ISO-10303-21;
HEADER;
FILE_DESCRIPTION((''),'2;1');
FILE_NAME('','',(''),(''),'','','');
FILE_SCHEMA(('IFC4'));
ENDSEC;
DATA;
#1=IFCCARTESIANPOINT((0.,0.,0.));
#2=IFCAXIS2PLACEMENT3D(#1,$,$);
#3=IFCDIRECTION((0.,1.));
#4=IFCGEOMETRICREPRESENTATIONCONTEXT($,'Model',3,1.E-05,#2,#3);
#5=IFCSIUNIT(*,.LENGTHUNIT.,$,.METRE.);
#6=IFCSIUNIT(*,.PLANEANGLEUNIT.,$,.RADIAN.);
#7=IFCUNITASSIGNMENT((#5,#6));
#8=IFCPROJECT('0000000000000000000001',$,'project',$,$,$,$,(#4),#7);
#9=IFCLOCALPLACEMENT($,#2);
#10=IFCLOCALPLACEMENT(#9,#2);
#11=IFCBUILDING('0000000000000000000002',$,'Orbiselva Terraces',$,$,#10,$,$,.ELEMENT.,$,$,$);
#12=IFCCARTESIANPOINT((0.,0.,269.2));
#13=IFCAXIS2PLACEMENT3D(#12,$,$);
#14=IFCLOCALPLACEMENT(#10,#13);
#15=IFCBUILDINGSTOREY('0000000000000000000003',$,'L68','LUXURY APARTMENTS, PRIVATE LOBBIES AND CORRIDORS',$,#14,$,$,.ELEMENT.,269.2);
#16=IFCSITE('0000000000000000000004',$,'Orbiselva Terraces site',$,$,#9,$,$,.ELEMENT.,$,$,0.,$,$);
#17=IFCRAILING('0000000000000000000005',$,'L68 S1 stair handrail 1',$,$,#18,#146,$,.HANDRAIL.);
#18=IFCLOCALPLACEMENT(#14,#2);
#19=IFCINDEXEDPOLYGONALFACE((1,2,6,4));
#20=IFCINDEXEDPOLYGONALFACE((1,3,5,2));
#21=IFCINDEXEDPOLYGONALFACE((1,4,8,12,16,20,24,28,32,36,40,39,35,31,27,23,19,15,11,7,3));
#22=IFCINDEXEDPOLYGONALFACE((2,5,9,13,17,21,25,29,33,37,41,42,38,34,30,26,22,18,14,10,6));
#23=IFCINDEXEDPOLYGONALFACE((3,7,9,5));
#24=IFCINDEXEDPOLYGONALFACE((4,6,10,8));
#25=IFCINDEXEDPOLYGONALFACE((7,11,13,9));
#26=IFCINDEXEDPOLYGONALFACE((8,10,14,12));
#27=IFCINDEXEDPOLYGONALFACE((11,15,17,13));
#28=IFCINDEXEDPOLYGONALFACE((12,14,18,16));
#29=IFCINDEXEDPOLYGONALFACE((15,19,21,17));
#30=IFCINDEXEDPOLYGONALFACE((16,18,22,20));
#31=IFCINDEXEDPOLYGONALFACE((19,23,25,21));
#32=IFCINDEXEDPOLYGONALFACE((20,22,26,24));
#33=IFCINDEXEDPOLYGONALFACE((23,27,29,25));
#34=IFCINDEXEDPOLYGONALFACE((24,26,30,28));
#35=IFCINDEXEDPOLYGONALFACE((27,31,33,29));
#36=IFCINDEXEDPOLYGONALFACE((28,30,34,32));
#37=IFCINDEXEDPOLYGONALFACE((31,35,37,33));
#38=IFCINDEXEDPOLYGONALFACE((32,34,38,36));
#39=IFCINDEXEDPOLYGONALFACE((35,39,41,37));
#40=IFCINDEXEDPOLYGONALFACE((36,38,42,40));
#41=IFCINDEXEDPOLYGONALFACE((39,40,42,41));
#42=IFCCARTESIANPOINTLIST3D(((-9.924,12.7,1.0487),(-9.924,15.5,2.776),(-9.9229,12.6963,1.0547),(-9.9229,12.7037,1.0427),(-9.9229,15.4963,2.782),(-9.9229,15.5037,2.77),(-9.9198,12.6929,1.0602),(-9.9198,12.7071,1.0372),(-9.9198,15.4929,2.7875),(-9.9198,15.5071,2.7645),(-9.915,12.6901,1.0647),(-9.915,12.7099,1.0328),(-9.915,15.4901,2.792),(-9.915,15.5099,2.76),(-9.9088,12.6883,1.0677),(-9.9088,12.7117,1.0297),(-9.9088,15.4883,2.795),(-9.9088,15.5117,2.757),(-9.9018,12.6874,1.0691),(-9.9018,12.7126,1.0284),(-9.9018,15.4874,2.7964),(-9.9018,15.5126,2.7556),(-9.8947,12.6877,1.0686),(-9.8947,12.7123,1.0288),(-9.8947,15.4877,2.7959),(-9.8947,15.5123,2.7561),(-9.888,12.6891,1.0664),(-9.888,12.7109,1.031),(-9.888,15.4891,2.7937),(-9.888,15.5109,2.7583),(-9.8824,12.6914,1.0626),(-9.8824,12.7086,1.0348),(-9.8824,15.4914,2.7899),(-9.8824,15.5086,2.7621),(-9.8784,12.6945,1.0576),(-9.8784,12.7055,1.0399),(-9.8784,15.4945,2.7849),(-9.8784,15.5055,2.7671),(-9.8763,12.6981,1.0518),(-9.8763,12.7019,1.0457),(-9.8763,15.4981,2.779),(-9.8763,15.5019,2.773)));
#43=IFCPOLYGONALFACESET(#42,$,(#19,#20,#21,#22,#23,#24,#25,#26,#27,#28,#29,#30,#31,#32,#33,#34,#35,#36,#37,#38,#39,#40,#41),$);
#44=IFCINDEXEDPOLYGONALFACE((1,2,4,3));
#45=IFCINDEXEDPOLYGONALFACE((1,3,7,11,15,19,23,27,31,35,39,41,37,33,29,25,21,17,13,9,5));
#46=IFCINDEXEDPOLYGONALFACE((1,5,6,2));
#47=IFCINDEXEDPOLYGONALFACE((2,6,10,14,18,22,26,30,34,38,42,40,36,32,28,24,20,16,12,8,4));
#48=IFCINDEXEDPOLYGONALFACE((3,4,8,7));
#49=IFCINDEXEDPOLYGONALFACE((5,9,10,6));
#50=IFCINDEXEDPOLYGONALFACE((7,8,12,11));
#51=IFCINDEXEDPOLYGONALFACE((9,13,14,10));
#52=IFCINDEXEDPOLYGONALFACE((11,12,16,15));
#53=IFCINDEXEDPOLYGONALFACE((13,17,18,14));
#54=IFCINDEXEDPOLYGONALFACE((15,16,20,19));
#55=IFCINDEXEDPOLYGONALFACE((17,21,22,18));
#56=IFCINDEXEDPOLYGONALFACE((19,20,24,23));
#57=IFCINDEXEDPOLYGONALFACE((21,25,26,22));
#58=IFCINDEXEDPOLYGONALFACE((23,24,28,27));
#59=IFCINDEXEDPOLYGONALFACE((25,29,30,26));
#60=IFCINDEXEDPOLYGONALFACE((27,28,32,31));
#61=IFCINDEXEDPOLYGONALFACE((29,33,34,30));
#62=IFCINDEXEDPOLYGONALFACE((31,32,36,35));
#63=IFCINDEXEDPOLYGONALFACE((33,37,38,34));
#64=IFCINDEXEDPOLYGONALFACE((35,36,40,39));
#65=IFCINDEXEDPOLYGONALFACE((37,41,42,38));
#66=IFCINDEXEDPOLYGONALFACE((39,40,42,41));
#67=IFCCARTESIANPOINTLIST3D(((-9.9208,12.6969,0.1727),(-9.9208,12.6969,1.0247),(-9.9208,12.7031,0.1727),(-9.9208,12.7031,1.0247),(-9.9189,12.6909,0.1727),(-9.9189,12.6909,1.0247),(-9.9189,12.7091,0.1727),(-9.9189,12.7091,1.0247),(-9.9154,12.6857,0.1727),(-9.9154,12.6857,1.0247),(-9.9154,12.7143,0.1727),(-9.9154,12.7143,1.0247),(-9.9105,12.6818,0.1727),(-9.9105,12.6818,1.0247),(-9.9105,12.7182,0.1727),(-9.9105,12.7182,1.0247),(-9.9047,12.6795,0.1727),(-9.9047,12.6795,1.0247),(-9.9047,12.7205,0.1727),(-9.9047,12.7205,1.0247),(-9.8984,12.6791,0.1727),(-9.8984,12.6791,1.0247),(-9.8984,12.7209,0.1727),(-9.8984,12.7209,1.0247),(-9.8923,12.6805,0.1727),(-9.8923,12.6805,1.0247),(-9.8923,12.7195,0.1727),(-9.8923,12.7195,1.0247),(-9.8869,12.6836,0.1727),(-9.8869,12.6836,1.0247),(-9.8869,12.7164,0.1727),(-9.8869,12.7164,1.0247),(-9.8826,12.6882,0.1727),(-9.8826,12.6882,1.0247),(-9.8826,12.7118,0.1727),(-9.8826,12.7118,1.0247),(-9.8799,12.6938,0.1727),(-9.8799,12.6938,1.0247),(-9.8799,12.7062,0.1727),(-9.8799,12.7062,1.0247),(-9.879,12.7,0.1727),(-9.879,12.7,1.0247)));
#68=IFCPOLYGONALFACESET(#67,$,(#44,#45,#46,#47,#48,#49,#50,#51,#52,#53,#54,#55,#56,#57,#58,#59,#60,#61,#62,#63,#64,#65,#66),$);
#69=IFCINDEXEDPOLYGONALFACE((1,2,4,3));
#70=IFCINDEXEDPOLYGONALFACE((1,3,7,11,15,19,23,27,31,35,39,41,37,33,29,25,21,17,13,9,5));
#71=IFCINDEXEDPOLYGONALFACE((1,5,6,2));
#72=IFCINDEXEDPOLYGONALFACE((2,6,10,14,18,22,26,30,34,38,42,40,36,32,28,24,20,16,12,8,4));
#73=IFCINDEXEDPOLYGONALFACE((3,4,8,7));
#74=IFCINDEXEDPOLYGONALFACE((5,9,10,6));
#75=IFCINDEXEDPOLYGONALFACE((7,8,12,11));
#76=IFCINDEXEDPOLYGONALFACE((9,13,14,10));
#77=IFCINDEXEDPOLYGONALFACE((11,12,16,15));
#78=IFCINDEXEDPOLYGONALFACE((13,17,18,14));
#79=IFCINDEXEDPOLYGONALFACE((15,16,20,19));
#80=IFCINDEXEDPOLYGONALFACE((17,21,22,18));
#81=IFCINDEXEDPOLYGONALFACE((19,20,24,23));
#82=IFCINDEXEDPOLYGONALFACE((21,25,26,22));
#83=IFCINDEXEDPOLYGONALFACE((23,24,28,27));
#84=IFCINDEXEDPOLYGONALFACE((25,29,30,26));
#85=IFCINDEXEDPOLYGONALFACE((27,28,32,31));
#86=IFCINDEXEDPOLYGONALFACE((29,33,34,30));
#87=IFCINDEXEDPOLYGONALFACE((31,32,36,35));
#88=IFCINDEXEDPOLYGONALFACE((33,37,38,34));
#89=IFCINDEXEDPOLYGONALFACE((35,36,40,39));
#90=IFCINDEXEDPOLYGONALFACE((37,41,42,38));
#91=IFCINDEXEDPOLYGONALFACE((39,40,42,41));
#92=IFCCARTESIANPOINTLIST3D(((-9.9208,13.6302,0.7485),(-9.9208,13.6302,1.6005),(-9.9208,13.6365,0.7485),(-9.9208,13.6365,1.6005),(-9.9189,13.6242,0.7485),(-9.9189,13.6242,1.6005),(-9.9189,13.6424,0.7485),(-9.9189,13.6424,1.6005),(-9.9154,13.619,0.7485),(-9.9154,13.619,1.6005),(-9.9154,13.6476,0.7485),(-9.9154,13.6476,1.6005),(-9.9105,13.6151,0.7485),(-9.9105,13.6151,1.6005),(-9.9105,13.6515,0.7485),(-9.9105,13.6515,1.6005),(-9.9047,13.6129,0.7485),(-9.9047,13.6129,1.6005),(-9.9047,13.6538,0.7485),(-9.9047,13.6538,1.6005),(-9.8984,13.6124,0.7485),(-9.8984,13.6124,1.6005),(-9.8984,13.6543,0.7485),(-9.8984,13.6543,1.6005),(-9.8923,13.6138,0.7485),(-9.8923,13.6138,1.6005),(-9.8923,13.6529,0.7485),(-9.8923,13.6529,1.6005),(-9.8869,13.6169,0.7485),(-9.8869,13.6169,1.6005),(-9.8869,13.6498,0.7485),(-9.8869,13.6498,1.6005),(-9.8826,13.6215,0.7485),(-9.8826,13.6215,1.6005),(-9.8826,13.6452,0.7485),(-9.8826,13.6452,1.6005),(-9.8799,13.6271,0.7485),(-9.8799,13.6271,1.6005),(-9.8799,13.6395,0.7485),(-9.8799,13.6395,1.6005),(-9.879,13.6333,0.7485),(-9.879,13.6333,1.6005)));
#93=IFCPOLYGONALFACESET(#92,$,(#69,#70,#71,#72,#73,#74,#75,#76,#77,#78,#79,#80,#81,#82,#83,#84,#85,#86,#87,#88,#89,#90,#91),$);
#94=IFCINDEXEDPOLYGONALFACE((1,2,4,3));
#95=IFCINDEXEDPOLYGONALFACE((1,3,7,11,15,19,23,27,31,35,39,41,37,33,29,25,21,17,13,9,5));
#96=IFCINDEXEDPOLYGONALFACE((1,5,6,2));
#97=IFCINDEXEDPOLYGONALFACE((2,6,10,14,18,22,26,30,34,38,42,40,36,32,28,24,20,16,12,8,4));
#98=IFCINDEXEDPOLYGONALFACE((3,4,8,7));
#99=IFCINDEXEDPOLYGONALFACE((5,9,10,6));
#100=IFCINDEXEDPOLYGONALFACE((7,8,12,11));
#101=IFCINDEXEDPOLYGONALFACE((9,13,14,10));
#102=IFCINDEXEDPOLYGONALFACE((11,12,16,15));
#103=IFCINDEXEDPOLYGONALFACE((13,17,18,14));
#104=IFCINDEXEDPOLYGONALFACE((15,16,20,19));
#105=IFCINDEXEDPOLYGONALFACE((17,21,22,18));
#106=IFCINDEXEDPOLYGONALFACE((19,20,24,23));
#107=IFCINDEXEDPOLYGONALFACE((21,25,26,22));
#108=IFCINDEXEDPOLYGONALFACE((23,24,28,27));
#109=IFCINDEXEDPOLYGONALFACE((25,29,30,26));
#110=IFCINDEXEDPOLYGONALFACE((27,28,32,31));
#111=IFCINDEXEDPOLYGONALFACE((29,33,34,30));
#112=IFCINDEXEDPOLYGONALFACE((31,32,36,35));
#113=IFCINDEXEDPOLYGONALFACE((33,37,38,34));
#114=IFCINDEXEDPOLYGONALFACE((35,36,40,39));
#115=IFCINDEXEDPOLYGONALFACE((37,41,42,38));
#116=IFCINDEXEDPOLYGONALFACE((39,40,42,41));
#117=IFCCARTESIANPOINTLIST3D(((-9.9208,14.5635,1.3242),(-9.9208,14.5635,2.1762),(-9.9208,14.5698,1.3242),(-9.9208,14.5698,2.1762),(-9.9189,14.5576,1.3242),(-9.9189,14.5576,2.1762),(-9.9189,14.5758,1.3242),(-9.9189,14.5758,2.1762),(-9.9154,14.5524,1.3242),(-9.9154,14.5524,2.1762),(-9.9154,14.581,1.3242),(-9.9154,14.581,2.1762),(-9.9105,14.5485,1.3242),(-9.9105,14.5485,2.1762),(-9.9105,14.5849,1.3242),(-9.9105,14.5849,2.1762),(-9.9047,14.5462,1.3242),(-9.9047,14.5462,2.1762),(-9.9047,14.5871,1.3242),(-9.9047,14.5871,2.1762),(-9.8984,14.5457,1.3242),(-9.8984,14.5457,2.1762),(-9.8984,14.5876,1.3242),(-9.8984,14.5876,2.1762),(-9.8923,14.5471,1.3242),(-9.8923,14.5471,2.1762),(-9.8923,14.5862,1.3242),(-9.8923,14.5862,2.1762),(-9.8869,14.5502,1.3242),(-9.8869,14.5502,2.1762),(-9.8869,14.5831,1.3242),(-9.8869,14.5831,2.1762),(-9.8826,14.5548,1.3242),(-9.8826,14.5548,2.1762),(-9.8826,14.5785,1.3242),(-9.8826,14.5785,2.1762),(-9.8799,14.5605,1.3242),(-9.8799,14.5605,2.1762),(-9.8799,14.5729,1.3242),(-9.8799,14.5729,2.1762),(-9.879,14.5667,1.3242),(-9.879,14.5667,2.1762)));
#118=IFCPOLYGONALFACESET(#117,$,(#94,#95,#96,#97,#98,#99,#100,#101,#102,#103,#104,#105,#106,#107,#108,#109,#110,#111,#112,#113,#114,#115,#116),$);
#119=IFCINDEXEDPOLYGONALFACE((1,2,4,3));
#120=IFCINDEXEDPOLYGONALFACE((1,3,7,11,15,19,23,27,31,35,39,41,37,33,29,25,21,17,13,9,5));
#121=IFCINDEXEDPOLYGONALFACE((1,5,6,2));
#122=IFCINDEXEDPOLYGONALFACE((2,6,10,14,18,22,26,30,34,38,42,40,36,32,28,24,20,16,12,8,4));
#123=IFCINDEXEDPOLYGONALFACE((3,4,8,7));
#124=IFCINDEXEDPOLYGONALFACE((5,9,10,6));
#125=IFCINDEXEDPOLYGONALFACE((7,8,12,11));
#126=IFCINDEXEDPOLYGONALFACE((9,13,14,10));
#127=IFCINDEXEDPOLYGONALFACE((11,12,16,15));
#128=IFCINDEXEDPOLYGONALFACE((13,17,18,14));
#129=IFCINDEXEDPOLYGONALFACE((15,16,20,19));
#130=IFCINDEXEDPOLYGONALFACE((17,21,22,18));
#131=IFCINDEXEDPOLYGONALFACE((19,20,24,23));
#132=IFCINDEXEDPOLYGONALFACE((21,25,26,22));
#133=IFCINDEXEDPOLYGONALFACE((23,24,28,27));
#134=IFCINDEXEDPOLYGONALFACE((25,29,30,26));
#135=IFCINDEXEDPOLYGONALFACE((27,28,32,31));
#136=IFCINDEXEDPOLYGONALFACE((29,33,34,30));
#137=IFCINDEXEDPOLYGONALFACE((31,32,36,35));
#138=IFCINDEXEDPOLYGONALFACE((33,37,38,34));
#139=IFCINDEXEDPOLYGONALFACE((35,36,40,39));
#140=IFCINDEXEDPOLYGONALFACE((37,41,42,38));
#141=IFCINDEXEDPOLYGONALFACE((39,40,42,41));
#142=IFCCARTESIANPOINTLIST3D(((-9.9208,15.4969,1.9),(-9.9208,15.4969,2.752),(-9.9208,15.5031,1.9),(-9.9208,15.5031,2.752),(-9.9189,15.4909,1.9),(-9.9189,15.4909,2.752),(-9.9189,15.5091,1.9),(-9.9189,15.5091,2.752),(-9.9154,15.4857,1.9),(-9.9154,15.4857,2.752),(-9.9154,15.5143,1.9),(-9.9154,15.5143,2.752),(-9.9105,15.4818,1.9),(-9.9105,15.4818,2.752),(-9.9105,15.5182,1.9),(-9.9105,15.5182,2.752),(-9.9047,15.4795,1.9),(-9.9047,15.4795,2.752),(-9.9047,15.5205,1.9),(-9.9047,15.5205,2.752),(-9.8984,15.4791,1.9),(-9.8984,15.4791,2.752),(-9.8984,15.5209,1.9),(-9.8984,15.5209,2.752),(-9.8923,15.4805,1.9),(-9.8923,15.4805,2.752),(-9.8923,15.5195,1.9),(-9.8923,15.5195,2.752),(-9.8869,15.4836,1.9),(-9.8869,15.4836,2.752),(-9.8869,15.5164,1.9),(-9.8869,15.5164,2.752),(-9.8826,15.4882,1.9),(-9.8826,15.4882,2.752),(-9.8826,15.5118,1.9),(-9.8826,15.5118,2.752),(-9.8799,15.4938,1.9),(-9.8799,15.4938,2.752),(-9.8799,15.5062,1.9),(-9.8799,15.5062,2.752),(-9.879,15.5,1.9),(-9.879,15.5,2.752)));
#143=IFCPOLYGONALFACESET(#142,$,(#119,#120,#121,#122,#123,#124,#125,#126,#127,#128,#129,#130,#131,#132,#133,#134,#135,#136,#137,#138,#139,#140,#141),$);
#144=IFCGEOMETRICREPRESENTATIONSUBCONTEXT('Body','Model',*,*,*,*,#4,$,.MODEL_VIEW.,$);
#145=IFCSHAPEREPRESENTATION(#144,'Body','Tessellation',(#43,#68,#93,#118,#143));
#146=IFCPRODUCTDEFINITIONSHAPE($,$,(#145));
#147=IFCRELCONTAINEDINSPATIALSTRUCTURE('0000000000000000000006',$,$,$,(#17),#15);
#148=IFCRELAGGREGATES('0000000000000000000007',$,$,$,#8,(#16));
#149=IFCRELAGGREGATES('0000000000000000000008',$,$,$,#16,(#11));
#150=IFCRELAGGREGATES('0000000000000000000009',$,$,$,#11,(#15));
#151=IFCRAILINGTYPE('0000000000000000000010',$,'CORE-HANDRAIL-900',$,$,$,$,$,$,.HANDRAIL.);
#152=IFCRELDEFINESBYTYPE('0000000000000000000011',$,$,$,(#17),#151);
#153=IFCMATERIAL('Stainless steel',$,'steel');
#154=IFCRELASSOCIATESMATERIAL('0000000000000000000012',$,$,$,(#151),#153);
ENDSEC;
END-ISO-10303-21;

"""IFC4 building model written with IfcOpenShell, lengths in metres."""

from ifc_helpers import new_model, si_unit, direction, frame, origin, origin_2d, place, context, subcontext, project, spatial, circle, extrude, material, type_object, element, save


model = new_model("IFC4")

# Units and contexts
model_context = context("Model", 3, precision=1e-05, world=origin(), true_north=direction((0.0, 1.0)))
body_context = subcontext(model_context, "Body", "Model", "MODEL_VIEW")
ifc_project = project(units=[si_unit("LENGTHUNIT", "METRE"), si_unit("PLANEANGLEUNIT", "RADIAN")], contexts=[model_context])

# Site, building, storey
site_placement = place(None, origin())
site = spatial("IfcSite", under=ifc_project, at=site_placement, Name="Orbiselva Terraces site", CompositionType="ELEMENT", RefElevation=0.0)
building_placement = place(site_placement, origin())
building = spatial("IfcBuilding", under=site, at=building_placement, Name="Orbiselva Terraces", CompositionType="ELEMENT")
storey_placement = place(building_placement, frame((0.0, 0.0, 269.2)))
storey = spatial("IfcBuildingStorey", under=building, at=storey_placement, Name="L68", Description="LUXURY APARTMENTS, PRIVATE LOBBIES AND CORRIDORS", CompositionType="ELEMENT", Elevation=269.2)

# Railing
ifc_material_1 = material(Name="Stainless steel", Category="steel")
railing_type = type_object("IfcRailingType", Name="CORE-HANDRAIL-900", PredefinedType="HANDRAIL", material=ifc_material_1)
railing_1_placement = place(storey_placement, frame((-9.9, 12.7, 0.1727)))
element("IfcRailing", 1, at=railing_1_placement, inside=storey, type_object=railing_type, Name="L68 S1 stair handrail 1", PredefinedType="HANDRAIL", context=body_context, shape_type="SweptSolid", body=[
    extrude(circle(Radius=0.024, at=origin_2d()), frame((0.0, 0.0, 0.876), z_axis=(0.0, 0.851089, 0.525022), x_axis=(-1.0, 0.0, 0.0)), (0.0, 0.0, 1.0), 3.2899),
    extrude(circle(Radius=0.021, at=origin_2d()), origin(), (0.0, 0.0, 1.0), 0.852),
    extrude(circle(Radius=0.021, at=origin_2d()), frame((0.0, 0.9333, 0.5758)), (0.0, 0.0, 1.0), 0.852),
    extrude(circle(Radius=0.021, at=origin_2d()), frame((0.0, 1.8667, 1.1515)), (0.0, 0.0, 1.0), 0.852),
    extrude(circle(Radius=0.021, at=origin_2d()), frame((0.0, 2.8, 1.7273)), (0.0, 0.0, 1.0), 0.852),
])

save(model, "model.ifc")
